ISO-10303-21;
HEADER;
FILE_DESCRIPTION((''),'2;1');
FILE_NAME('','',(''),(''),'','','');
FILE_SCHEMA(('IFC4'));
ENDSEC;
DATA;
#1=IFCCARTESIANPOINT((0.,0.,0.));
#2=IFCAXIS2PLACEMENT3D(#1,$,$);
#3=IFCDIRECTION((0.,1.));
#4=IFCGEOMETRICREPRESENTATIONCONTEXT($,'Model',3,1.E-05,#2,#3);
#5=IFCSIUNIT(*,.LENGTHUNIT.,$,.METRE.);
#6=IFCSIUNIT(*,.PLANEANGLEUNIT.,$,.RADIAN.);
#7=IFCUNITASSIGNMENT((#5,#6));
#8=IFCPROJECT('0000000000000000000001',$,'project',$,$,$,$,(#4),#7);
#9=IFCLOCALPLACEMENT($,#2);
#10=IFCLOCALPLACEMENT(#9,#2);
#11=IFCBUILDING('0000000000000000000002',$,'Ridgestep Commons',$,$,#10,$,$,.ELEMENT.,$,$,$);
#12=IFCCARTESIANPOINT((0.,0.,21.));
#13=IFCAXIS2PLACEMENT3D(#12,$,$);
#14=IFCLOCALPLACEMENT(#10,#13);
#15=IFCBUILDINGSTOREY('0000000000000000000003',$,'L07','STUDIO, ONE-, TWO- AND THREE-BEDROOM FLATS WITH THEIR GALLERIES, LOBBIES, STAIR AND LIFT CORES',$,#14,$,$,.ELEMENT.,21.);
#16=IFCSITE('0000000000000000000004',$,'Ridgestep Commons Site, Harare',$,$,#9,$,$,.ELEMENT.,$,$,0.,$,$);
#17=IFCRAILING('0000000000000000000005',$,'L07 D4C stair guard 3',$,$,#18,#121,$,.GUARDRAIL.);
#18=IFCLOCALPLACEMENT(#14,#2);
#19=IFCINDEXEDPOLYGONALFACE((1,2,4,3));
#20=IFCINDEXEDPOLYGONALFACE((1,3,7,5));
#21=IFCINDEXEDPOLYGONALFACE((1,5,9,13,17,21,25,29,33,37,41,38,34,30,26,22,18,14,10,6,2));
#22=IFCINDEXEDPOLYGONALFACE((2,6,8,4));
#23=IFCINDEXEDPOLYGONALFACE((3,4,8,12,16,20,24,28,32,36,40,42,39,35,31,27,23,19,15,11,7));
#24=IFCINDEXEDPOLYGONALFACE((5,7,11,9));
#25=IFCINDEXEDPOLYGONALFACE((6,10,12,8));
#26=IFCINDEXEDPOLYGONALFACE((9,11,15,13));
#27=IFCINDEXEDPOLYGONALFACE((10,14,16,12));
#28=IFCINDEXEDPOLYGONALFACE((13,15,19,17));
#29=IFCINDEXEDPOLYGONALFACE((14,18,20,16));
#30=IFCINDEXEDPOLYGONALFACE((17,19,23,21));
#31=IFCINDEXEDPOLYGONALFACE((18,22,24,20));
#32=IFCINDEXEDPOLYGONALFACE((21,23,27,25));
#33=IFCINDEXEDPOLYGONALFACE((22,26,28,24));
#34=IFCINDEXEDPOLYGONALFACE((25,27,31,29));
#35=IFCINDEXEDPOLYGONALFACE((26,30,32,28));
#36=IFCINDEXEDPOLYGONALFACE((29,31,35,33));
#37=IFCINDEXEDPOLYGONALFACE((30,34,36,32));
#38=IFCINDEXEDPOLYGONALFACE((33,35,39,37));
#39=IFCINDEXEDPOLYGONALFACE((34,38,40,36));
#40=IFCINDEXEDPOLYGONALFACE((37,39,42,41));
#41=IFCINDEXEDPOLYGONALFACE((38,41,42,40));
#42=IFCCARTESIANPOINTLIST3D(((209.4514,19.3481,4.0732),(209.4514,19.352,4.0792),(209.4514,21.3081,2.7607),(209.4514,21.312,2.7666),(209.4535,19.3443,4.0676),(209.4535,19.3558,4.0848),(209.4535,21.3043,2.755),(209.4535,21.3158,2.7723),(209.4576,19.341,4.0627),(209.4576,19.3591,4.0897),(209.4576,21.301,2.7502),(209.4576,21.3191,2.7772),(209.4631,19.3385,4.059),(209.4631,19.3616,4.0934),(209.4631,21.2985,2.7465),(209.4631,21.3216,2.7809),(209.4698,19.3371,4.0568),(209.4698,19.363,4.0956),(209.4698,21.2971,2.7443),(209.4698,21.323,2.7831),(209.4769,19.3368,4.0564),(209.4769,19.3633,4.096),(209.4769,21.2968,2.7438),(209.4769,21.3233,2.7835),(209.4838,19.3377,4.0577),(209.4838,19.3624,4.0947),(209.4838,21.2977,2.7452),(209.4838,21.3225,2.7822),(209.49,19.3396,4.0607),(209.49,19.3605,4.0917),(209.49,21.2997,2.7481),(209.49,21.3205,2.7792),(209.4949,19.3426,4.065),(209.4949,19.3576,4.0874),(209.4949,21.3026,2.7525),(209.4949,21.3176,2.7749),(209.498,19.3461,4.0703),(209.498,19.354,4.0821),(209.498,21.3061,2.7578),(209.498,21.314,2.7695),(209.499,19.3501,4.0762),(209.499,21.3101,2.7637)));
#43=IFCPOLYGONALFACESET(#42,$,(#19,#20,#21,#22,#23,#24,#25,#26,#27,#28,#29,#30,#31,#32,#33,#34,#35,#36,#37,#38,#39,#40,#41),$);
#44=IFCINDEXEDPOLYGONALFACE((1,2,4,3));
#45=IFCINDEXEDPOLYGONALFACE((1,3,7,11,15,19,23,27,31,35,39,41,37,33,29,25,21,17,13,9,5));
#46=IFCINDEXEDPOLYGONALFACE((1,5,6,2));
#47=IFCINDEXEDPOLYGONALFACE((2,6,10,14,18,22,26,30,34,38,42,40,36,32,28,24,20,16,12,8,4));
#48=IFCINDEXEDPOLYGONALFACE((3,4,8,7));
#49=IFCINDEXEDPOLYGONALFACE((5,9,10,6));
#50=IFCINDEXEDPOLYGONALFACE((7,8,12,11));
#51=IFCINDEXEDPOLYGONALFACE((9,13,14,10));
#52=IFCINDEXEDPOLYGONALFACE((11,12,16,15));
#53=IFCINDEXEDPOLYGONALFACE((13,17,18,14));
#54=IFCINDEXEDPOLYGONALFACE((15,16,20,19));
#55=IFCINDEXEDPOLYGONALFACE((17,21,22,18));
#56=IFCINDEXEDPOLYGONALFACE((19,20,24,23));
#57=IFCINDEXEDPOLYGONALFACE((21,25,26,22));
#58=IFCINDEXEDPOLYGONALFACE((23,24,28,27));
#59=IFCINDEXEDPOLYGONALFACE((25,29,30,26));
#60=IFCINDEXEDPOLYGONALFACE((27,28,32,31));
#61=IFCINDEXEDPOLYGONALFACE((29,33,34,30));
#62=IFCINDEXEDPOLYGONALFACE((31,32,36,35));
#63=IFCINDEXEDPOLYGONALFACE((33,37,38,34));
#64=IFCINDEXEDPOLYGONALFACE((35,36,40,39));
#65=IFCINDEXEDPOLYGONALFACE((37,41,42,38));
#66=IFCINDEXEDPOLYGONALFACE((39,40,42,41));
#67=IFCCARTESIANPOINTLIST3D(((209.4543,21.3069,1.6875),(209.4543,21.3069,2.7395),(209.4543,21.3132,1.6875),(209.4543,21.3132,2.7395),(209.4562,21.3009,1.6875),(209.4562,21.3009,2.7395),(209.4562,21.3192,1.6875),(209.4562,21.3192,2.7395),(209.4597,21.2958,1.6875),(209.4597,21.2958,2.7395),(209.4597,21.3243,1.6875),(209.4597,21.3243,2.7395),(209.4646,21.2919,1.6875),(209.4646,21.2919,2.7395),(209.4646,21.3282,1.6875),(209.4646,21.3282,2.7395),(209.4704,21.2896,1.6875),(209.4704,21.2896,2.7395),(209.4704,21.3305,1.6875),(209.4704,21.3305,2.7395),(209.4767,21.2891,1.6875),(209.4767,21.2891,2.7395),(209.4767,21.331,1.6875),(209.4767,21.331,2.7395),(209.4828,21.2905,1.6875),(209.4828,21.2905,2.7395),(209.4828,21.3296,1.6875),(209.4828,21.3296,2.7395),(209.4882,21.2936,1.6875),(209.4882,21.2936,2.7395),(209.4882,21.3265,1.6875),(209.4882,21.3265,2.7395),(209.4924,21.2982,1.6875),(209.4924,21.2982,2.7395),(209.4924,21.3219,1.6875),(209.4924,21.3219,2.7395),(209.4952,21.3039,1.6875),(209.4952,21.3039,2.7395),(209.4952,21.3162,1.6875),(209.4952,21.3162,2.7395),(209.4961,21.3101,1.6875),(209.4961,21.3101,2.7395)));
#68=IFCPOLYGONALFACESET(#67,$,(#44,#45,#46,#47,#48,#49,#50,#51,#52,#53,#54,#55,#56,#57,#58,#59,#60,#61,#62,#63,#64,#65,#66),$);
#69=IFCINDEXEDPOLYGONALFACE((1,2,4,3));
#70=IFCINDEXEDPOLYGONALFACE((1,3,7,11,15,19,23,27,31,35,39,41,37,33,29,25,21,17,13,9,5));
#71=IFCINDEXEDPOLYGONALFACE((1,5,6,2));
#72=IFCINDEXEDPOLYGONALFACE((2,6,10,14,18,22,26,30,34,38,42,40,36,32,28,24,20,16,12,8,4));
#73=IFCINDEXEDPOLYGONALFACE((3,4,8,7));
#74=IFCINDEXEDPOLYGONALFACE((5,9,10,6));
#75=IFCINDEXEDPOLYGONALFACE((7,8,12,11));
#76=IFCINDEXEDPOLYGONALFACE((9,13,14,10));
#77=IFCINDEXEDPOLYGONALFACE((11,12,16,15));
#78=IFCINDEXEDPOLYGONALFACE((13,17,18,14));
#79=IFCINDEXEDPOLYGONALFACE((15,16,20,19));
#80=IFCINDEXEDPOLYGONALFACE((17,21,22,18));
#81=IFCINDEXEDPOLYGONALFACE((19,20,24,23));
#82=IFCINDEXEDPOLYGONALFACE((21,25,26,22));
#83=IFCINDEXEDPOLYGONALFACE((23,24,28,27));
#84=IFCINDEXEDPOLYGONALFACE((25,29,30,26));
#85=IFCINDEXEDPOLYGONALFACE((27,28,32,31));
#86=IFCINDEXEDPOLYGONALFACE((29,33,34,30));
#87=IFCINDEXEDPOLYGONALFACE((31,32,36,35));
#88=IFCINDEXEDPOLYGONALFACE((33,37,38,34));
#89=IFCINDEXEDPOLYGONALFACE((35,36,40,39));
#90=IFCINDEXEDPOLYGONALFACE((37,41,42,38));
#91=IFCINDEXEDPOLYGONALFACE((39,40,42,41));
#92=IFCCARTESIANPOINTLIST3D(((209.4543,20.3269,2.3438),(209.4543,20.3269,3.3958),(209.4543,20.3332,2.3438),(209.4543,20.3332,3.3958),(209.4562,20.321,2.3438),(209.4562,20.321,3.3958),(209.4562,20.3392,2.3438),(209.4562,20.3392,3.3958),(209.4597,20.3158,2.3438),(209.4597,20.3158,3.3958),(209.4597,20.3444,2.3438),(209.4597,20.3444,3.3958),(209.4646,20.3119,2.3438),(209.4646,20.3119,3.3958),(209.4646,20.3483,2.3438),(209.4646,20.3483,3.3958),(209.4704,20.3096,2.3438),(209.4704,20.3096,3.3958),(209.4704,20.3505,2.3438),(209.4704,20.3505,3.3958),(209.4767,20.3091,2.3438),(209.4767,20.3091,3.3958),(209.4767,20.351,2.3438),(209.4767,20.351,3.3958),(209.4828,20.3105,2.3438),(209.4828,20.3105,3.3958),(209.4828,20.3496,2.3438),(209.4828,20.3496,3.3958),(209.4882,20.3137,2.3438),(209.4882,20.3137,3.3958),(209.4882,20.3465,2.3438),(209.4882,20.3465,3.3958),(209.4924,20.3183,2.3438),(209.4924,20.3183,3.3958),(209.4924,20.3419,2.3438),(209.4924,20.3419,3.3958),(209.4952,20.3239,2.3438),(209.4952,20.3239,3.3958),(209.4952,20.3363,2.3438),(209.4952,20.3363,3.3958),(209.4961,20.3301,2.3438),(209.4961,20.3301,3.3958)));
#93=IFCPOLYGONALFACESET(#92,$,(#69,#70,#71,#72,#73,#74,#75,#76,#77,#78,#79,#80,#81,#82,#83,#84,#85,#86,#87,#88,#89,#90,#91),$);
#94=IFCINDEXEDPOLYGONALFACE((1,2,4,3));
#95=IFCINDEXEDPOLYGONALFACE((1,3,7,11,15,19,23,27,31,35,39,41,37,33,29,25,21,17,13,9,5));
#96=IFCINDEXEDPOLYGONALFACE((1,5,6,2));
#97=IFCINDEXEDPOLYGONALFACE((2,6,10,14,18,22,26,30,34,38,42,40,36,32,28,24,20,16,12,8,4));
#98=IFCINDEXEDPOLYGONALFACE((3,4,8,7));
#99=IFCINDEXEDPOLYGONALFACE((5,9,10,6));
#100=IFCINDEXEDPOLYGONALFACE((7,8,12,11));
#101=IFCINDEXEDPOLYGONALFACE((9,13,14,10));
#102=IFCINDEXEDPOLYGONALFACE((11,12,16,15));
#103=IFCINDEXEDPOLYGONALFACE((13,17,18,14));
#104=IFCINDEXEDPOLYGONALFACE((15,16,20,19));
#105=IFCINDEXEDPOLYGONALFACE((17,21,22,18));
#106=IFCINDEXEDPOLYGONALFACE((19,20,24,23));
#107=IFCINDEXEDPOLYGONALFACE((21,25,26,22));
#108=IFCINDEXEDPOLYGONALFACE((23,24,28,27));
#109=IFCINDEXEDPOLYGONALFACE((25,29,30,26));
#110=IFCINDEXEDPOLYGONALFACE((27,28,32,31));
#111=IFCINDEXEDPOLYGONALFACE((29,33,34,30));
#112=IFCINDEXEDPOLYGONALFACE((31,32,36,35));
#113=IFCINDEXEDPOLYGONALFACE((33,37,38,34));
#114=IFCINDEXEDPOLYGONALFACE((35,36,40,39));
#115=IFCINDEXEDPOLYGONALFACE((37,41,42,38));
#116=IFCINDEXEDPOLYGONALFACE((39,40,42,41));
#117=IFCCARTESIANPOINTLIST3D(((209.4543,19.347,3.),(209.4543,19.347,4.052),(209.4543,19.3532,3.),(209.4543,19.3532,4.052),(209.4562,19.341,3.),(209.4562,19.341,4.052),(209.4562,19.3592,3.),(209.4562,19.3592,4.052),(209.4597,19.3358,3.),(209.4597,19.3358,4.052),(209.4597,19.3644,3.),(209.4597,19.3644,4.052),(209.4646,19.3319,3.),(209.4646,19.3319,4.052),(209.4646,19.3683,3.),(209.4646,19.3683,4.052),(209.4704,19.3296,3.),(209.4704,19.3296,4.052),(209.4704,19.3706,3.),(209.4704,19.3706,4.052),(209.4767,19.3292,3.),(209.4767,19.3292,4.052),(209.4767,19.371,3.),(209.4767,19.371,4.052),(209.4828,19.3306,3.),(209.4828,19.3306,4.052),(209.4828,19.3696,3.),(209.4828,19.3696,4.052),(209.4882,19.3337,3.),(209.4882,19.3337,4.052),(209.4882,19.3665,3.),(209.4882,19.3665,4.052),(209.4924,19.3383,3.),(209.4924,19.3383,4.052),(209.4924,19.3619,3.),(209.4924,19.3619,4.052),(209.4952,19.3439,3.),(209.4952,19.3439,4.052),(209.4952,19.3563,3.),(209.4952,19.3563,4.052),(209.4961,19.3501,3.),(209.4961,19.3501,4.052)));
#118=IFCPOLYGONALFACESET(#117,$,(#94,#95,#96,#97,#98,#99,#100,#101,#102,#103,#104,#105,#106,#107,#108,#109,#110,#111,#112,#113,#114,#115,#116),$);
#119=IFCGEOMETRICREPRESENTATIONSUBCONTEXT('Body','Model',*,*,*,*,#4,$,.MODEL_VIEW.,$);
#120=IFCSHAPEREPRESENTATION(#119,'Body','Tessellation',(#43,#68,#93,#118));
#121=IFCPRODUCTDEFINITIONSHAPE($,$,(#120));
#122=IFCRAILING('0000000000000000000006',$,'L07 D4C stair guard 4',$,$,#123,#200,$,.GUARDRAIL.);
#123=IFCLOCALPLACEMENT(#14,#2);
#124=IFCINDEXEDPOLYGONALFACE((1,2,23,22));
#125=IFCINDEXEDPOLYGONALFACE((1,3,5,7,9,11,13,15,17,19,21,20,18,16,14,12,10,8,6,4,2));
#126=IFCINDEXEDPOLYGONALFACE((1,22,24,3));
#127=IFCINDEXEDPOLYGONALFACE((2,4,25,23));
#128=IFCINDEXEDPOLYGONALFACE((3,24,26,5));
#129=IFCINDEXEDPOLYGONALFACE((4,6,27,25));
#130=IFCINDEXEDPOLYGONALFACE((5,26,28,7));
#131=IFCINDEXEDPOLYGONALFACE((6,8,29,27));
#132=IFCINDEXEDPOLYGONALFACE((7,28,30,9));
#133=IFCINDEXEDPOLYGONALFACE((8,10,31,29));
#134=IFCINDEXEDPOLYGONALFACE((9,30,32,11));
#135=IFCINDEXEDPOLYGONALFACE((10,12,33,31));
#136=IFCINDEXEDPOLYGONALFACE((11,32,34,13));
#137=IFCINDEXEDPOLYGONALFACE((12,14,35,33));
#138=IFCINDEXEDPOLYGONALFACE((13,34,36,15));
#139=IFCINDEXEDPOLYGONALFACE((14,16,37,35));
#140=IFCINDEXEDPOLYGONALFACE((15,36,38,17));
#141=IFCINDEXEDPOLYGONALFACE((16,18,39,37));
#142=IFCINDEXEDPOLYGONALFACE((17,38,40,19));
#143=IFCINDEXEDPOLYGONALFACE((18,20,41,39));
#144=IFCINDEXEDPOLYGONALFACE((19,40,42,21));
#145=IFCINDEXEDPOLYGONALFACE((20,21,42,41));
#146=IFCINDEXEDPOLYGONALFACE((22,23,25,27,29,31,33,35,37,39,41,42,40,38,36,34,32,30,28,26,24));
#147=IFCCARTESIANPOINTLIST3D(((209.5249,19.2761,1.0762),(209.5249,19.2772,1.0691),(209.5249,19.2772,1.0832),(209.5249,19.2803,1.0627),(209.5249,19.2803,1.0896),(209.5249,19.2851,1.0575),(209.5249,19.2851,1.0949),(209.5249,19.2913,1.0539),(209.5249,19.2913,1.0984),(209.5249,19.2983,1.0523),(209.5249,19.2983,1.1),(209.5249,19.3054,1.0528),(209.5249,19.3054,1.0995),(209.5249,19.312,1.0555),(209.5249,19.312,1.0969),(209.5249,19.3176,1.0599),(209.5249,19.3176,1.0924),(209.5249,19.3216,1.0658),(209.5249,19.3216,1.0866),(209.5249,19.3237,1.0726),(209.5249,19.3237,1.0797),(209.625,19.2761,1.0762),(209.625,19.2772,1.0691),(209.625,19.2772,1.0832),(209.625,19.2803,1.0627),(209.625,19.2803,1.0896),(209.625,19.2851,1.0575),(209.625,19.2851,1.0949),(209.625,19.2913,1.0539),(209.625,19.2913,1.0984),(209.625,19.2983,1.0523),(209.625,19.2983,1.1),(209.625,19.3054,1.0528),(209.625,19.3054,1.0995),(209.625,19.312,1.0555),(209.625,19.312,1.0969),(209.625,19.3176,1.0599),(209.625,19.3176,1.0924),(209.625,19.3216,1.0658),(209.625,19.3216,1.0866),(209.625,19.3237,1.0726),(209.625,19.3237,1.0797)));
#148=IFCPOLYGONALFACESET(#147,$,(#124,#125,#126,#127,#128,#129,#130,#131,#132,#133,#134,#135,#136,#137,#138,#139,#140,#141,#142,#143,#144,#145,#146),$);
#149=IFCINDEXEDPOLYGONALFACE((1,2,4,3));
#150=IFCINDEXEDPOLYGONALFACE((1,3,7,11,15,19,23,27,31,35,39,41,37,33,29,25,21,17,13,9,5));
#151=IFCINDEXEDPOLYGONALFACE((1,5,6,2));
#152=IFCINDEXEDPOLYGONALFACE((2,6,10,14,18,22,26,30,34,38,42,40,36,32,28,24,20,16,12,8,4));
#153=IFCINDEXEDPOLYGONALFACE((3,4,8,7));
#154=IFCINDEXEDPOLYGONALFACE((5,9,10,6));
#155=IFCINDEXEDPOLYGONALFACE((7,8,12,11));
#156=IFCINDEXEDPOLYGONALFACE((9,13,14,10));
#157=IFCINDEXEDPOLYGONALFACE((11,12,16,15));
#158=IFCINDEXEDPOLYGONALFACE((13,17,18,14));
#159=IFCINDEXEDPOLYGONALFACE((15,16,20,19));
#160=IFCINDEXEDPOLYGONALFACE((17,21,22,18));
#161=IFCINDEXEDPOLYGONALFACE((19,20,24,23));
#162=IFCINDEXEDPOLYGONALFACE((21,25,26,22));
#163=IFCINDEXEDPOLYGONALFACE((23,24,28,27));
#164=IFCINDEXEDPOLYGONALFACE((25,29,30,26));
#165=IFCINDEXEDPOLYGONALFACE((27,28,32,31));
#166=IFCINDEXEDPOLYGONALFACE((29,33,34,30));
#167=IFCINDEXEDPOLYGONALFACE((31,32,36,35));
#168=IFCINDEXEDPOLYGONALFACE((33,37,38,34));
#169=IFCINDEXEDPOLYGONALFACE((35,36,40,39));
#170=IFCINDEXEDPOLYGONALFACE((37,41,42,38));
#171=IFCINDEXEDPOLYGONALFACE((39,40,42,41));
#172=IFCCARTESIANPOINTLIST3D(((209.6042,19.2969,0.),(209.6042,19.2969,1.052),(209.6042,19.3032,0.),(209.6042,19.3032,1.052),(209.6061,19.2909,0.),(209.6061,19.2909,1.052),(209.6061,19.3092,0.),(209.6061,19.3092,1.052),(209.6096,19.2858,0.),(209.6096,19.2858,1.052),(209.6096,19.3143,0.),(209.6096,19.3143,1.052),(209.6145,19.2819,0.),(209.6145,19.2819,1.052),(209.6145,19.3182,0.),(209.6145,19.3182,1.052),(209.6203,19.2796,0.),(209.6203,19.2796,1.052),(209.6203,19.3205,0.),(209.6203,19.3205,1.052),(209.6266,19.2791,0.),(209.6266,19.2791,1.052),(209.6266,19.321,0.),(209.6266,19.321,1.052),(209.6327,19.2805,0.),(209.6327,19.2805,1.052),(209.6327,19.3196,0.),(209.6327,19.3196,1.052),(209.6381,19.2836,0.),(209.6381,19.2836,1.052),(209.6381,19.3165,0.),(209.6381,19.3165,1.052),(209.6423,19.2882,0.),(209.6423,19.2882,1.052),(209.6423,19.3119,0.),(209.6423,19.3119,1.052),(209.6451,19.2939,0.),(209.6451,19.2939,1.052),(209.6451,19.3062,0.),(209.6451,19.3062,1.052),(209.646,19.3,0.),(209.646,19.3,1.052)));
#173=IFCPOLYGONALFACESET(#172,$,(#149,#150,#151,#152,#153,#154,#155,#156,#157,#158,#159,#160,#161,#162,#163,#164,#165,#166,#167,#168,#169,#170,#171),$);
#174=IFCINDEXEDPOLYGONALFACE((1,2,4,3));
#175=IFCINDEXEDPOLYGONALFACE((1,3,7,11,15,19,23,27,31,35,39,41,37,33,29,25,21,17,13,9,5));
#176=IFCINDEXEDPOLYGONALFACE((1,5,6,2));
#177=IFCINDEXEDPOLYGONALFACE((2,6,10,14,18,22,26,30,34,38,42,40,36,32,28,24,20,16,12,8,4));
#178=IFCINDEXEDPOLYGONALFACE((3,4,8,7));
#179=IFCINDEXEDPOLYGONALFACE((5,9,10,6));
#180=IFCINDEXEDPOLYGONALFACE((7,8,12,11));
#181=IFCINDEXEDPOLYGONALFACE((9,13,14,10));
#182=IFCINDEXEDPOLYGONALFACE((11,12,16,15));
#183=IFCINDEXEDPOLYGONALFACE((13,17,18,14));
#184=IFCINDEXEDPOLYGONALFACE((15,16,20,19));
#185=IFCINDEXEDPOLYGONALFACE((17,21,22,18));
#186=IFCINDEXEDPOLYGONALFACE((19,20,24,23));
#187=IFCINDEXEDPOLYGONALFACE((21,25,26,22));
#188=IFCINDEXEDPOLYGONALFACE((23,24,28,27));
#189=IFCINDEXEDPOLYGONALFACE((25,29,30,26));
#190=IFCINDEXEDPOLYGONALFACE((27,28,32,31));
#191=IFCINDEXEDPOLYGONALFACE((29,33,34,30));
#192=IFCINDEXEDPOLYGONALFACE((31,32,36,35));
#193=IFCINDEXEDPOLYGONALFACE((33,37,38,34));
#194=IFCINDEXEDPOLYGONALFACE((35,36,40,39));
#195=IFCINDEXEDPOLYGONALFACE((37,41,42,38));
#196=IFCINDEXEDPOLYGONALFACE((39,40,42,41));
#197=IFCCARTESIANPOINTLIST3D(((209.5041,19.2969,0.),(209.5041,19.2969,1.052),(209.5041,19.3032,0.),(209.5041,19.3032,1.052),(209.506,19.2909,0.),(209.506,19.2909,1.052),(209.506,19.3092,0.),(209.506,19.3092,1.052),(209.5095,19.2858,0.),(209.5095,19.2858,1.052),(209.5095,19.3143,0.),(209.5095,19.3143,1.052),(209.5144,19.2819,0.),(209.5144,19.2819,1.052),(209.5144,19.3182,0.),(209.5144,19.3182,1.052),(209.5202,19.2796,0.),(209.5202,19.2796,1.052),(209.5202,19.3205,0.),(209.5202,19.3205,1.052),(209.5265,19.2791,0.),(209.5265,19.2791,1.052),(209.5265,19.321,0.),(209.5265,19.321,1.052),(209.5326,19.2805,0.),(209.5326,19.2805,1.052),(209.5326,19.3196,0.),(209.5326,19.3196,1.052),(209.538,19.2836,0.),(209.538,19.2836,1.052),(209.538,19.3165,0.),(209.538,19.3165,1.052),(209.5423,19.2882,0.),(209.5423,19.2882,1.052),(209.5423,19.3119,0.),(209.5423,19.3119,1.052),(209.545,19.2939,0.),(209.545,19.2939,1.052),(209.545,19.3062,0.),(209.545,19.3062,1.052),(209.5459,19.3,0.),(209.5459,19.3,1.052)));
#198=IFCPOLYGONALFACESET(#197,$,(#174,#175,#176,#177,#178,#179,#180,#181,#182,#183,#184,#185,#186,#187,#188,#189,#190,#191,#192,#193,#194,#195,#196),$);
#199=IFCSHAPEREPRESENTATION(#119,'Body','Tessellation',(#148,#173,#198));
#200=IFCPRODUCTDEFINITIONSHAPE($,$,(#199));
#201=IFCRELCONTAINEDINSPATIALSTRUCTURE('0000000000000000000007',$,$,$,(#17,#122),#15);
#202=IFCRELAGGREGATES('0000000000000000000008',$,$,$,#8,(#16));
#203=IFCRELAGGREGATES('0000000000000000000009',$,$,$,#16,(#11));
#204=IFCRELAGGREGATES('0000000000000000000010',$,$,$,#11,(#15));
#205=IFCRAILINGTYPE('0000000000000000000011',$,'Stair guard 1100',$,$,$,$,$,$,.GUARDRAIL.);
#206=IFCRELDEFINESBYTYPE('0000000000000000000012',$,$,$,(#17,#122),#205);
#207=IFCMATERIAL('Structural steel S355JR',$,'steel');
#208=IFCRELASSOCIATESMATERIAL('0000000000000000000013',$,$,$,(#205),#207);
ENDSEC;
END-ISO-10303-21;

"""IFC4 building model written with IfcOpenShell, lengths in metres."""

from ifc_helpers import new_model, si_unit, direction, frame, origin, origin_2d, place, context, subcontext, project, spatial, circle, extrude, material, type_object, element, save


model = new_model("IFC4")

# Units and contexts
model_context = context("Model", 3, precision=1e-05, world=origin(), true_north=direction((0.0, 1.0)))
body_context = subcontext(model_context, "Body", "Model", "MODEL_VIEW")
ifc_project = project(units=[si_unit("LENGTHUNIT", "METRE"), si_unit("PLANEANGLEUNIT", "RADIAN")], contexts=[model_context])

# Site, building, storey
site_placement = place(None, origin())
site = spatial("IfcSite", under=ifc_project, at=site_placement, Name="Ridgestep Commons Site, Harare", CompositionType="ELEMENT", RefElevation=0.0)
building_placement = place(site_placement, origin())
building = spatial("IfcBuilding", under=site, at=building_placement, Name="Ridgestep Commons", CompositionType="ELEMENT")
storey_placement = place(building_placement, frame((0.0, 0.0, 21.0)))
storey = spatial("IfcBuildingStorey", under=building, at=storey_placement, Name="L07", Description="STUDIO, ONE-, TWO- AND THREE-BEDROOM FLATS WITH THEIR GALLERIES, LOBBIES, STAIR AND LIFT CORES", CompositionType="ELEMENT", Elevation=21.0)

# Railings
ifc_material_1 = material(Name="Structural steel S355JR", Category="steel")
railing_type_1 = type_object("IfcRailingType", Name="Stair guard 1100", PredefinedType="GUARDRAIL", material=ifc_material_1)
railing_1_placement = place(storey_placement, frame((209.4751, 21.3101, 1.6875)))
element("IfcRailing", 1, at=railing_1_placement, inside=storey, type_object=railing_type_1, Name="L07 D4C stair guard 3", PredefinedType="GUARDRAIL", context=body_context, shape_type="SweptSolid", body=[
    extrude(circle(Radius=0.0239, at=origin_2d()), frame((0.0, 0.0, 1.0762), z_axis=(0.0, -0.830902, 0.556419), x_axis=(1.0, 0.0, 0.0)), (0.0, 0.0, 1.0), 2.3589),
    extrude(circle(Radius=0.021, at=origin_2d()), origin(), (0.0, 0.0, 1.0), 1.052),
    extrude(circle(Radius=0.021, at=origin_2d()), frame((0.0, -0.98, 0.6562)), (0.0, 0.0, 1.0), 1.052),
    extrude(circle(Radius=0.021, at=origin_2d()), frame((0.0, -1.96, 1.3125)), (0.0, 0.0, 1.0), 1.052),
])
railing_2_placement = place(storey_placement, frame((209.625, 19.3, 0.0)))
element("IfcRailing", 2, at=railing_2_placement, inside=storey, type_object=railing_type_1, Name="L07 D4C stair guard 4", PredefinedType="GUARDRAIL", context=body_context, shape_type="SweptSolid", body=[
    extrude(circle(Radius=0.0239, at=origin_2d()), frame((0.0, 0.0, 1.0762), z_axis=(-1.0, 0.0, 0.0), x_axis=(0.0, -1.0, 0.0)), (0.0, 0.0, 1.0), 0.1001),
    extrude(circle(Radius=0.021, at=origin_2d()), origin(), (0.0, 0.0, 1.0), 1.052),
    extrude(circle(Radius=0.021, at=origin_2d()), frame((-0.1001, 0.0, 0.0)), (0.0, 0.0, 1.0), 1.052),
])

save(model, "model.ifc")
